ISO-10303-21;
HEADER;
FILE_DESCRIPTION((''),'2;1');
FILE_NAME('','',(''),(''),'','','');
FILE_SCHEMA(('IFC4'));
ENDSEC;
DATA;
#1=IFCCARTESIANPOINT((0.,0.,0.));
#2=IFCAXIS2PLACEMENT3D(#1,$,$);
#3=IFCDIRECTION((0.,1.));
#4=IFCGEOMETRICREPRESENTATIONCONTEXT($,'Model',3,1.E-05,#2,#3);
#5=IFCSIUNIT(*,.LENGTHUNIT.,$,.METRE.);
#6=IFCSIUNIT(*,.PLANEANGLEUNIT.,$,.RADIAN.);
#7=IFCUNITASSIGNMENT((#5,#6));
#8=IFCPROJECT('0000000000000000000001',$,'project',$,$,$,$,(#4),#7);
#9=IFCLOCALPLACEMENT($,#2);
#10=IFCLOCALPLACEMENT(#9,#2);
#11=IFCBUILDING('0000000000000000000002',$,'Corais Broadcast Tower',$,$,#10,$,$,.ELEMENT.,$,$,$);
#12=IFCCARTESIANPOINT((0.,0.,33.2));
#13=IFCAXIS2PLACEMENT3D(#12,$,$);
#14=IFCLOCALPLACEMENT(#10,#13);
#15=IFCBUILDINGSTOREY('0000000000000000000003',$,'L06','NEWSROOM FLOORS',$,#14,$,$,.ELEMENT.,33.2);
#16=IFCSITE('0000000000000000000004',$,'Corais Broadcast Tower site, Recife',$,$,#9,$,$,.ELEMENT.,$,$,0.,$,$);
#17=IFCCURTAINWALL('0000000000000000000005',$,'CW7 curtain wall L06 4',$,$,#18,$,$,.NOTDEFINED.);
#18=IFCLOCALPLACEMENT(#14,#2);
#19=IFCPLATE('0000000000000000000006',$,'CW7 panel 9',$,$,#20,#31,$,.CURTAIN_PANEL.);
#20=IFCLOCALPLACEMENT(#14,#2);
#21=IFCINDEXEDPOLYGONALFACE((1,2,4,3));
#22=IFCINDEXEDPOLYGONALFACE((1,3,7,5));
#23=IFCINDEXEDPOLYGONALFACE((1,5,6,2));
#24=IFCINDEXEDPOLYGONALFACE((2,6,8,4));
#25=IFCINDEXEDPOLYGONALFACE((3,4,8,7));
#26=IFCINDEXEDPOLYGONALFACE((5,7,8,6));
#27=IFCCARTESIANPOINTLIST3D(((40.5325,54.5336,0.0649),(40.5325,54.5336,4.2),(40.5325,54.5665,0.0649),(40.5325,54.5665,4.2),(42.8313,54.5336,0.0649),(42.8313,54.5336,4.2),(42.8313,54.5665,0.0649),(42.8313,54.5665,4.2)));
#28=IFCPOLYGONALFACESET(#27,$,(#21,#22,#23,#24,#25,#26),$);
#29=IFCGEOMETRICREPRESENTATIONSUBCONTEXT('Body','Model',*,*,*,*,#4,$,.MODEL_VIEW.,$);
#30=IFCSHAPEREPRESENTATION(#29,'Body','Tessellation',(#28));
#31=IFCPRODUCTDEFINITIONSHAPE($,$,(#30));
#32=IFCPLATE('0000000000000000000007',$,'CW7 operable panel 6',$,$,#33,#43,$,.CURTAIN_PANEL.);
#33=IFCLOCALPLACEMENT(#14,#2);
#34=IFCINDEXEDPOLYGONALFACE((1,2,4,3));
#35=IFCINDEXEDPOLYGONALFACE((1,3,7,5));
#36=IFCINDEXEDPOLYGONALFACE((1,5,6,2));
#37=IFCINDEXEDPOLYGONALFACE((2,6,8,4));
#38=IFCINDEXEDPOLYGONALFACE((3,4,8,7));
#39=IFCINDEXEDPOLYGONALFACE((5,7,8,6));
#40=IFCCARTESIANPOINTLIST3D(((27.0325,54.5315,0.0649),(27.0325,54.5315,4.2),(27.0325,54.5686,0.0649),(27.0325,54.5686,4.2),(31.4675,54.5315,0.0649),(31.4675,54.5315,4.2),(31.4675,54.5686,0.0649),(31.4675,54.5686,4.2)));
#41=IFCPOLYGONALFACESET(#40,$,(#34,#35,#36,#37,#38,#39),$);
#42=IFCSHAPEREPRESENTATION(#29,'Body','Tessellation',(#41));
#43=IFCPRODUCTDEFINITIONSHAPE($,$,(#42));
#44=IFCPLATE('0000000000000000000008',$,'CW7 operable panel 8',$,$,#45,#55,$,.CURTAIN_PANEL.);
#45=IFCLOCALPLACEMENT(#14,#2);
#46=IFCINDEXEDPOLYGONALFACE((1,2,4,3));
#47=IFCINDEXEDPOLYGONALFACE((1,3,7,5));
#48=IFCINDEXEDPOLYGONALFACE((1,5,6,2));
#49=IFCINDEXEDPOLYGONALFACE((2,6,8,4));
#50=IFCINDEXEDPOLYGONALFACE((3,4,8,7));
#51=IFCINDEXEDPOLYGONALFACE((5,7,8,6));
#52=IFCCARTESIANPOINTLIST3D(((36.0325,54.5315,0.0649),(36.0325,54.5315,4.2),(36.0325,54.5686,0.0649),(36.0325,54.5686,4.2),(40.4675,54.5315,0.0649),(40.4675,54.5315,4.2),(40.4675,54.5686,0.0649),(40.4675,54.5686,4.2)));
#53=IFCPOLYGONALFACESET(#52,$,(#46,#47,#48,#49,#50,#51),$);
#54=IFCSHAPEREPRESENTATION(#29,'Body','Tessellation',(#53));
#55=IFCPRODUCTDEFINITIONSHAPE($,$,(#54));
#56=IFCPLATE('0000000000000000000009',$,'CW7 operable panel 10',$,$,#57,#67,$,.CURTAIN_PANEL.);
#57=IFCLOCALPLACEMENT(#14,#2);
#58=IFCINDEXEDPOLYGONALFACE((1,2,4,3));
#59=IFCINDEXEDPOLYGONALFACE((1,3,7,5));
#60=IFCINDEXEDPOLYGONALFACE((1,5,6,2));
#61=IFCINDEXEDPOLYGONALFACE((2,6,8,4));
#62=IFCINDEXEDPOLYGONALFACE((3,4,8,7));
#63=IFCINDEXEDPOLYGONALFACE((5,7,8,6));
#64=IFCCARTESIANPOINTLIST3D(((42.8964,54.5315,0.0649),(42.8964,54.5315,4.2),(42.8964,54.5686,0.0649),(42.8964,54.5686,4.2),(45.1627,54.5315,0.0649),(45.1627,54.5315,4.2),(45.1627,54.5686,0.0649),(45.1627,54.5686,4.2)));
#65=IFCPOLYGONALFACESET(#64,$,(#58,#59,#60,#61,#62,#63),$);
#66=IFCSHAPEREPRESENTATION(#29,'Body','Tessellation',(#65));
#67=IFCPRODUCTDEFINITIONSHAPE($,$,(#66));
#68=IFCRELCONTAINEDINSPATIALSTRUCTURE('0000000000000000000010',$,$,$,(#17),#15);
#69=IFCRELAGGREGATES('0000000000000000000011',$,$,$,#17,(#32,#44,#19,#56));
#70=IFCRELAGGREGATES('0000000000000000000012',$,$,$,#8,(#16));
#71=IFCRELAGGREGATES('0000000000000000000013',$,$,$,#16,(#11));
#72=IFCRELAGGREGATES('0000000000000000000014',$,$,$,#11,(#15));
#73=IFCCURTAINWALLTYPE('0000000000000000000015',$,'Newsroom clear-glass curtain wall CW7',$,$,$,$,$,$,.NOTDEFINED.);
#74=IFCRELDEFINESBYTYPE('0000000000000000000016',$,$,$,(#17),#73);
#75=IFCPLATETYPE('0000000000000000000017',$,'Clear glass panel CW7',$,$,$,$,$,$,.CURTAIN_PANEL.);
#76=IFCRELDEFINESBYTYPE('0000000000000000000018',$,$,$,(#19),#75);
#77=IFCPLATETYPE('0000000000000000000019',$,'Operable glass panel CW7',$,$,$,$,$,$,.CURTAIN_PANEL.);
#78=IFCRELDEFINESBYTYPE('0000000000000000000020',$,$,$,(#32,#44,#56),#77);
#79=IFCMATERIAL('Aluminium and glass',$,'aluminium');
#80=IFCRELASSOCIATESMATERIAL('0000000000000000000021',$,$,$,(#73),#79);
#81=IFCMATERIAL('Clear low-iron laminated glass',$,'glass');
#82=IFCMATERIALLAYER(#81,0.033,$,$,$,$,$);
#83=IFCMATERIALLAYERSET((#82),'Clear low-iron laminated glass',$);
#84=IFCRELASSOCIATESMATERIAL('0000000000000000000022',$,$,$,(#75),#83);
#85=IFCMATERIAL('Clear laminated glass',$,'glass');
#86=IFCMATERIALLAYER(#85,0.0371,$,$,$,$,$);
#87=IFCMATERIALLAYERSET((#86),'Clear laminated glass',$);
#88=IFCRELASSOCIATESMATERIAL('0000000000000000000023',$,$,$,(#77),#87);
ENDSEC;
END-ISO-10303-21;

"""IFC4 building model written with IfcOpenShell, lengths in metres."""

from ifc_helpers import new_model, si_unit, direction, frame, origin, origin_2d, place, context, subcontext, project, spatial, rectangle, extrude, material, layer, layer_set, type_object, element, aggregate, save


model = new_model("IFC4")

# Units and contexts
model_context = context("Model", 3, precision=1e-05, world=origin(), true_north=direction((0.0, 1.0)))
body_context = subcontext(model_context, "Body", "Model", "MODEL_VIEW")
ifc_project = project(units=[si_unit("LENGTHUNIT", "METRE"), si_unit("PLANEANGLEUNIT", "RADIAN")], contexts=[model_context])

# Site, building, storey
site_placement = place(None, origin())
site = spatial("IfcSite", under=ifc_project, at=site_placement, Name="Corais Broadcast Tower site, Recife", CompositionType="ELEMENT", RefElevation=0.0)
building_placement = place(site_placement, origin())
building = spatial("IfcBuilding", under=site, at=building_placement, Name="Corais Broadcast Tower", CompositionType="ELEMENT")
storey_placement = place(building_placement, frame((0.0, 0.0, 33.2)))
storey = spatial("IfcBuildingStorey", under=building, at=storey_placement, Name="L06", Description="NEWSROOM FLOORS", CompositionType="ELEMENT", Elevation=33.2)

# Curtain wall
ifc_material_1 = material(Name="Aluminium and glass", Category="aluminium")
curtain_wall_type = type_object("IfcCurtainWallType", Name="Newsroom clear-glass curtain wall CW7", PredefinedType="NOTDEFINED", material=ifc_material_1)
curtain_wall_placement = place(storey_placement, origin())
curtain_wall = element("IfcCurtainWall", 1, at=curtain_wall_placement, inside=storey, type_object=curtain_wall_type, Name="CW7 curtain wall L06 4", PredefinedType="NOTDEFINED")

# Plates
ifc_material_2 = material(Name="Clear low-iron laminated glass", Category="glass")
ifc_layer_1 = layer(ifc_material_2, 0.033)
ifc_layer_set_1 = layer_set([ifc_layer_1], Name="Clear low-iron laminated glass")
plate_type_1 = type_object("IfcPlateType", Name="Clear glass panel CW7", PredefinedType="CURTAIN_PANEL", material=ifc_layer_set_1)
plate_1_placement = place(storey_placement, frame((41.6819, 54.55, 0.0649), z_axis=(0.0, 0.0, 1.0), x_axis=(1.0, 0.0, 0.0)))
plate_1 = element("IfcPlate", 2, at=plate_1_placement, type_object=plate_type_1, Name="CW7 panel 9", PredefinedType="CURTAIN_PANEL", context=body_context, shape_type="SweptSolid", body=[
    extrude(rectangle(XDim=2.2988, YDim=0.033, at=origin_2d()), origin(), (0.0, 0.0, 1.0), 4.135),
])
ifc_material_3 = material(Name="Clear laminated glass", Category="glass")
ifc_layer_2 = layer(ifc_material_3, 0.0371)
ifc_layer_set_2 = layer_set([ifc_layer_2], Name="Clear laminated glass")
plate_type_2 = type_object("IfcPlateType", Name="Operable glass panel CW7", PredefinedType="CURTAIN_PANEL", material=ifc_layer_set_2)
plate_2_placement = place(storey_placement, frame((29.25, 54.55, 0.0649), z_axis=(0.0, 0.0, 1.0), x_axis=(1.0, 0.0, 0.0)))
plate_2 = element("IfcPlate", 3, at=plate_2_placement, type_object=plate_type_2, Name="CW7 operable panel 6", PredefinedType="CURTAIN_PANEL", context=body_context, shape_type="SweptSolid", body=[
    extrude(rectangle(XDim=4.4351, YDim=0.0371, at=origin_2d()), origin(), (0.0, 0.0, 1.0), 4.135),
])
plate_3_placement = place(storey_placement, frame((38.25, 54.55, 0.0649), z_axis=(0.0, 0.0, 1.0), x_axis=(1.0, 0.0, 0.0)))
plate_3 = element("IfcPlate", 4, at=plate_3_placement, type_object=plate_type_2, Name="CW7 operable panel 8", PredefinedType="CURTAIN_PANEL", context=body_context, shape_type="SweptSolid", body=[
    extrude(rectangle(XDim=4.4351, YDim=0.0371, at=origin_2d()), origin(), (0.0, 0.0, 1.0), 4.135),
])
plate_4_placement = place(storey_placement, frame((44.0295, 54.55, 0.0649), z_axis=(0.0, 0.0, 1.0), x_axis=(1.0, 0.0, 0.0)))
plate_4 = element("IfcPlate", 5, at=plate_4_placement, type_object=plate_type_2, Name="CW7 operable panel 10", PredefinedType="CURTAIN_PANEL", context=body_context, shape_type="SweptSolid", body=[
    extrude(rectangle(XDim=2.2664, YDim=0.0371, at=origin_2d()), origin(), (0.0, 0.0, 1.0), 4.135),
])
aggregate(curtain_wall, [plate_2, plate_3, plate_1, plate_4])

save(model, "model.ifc")
